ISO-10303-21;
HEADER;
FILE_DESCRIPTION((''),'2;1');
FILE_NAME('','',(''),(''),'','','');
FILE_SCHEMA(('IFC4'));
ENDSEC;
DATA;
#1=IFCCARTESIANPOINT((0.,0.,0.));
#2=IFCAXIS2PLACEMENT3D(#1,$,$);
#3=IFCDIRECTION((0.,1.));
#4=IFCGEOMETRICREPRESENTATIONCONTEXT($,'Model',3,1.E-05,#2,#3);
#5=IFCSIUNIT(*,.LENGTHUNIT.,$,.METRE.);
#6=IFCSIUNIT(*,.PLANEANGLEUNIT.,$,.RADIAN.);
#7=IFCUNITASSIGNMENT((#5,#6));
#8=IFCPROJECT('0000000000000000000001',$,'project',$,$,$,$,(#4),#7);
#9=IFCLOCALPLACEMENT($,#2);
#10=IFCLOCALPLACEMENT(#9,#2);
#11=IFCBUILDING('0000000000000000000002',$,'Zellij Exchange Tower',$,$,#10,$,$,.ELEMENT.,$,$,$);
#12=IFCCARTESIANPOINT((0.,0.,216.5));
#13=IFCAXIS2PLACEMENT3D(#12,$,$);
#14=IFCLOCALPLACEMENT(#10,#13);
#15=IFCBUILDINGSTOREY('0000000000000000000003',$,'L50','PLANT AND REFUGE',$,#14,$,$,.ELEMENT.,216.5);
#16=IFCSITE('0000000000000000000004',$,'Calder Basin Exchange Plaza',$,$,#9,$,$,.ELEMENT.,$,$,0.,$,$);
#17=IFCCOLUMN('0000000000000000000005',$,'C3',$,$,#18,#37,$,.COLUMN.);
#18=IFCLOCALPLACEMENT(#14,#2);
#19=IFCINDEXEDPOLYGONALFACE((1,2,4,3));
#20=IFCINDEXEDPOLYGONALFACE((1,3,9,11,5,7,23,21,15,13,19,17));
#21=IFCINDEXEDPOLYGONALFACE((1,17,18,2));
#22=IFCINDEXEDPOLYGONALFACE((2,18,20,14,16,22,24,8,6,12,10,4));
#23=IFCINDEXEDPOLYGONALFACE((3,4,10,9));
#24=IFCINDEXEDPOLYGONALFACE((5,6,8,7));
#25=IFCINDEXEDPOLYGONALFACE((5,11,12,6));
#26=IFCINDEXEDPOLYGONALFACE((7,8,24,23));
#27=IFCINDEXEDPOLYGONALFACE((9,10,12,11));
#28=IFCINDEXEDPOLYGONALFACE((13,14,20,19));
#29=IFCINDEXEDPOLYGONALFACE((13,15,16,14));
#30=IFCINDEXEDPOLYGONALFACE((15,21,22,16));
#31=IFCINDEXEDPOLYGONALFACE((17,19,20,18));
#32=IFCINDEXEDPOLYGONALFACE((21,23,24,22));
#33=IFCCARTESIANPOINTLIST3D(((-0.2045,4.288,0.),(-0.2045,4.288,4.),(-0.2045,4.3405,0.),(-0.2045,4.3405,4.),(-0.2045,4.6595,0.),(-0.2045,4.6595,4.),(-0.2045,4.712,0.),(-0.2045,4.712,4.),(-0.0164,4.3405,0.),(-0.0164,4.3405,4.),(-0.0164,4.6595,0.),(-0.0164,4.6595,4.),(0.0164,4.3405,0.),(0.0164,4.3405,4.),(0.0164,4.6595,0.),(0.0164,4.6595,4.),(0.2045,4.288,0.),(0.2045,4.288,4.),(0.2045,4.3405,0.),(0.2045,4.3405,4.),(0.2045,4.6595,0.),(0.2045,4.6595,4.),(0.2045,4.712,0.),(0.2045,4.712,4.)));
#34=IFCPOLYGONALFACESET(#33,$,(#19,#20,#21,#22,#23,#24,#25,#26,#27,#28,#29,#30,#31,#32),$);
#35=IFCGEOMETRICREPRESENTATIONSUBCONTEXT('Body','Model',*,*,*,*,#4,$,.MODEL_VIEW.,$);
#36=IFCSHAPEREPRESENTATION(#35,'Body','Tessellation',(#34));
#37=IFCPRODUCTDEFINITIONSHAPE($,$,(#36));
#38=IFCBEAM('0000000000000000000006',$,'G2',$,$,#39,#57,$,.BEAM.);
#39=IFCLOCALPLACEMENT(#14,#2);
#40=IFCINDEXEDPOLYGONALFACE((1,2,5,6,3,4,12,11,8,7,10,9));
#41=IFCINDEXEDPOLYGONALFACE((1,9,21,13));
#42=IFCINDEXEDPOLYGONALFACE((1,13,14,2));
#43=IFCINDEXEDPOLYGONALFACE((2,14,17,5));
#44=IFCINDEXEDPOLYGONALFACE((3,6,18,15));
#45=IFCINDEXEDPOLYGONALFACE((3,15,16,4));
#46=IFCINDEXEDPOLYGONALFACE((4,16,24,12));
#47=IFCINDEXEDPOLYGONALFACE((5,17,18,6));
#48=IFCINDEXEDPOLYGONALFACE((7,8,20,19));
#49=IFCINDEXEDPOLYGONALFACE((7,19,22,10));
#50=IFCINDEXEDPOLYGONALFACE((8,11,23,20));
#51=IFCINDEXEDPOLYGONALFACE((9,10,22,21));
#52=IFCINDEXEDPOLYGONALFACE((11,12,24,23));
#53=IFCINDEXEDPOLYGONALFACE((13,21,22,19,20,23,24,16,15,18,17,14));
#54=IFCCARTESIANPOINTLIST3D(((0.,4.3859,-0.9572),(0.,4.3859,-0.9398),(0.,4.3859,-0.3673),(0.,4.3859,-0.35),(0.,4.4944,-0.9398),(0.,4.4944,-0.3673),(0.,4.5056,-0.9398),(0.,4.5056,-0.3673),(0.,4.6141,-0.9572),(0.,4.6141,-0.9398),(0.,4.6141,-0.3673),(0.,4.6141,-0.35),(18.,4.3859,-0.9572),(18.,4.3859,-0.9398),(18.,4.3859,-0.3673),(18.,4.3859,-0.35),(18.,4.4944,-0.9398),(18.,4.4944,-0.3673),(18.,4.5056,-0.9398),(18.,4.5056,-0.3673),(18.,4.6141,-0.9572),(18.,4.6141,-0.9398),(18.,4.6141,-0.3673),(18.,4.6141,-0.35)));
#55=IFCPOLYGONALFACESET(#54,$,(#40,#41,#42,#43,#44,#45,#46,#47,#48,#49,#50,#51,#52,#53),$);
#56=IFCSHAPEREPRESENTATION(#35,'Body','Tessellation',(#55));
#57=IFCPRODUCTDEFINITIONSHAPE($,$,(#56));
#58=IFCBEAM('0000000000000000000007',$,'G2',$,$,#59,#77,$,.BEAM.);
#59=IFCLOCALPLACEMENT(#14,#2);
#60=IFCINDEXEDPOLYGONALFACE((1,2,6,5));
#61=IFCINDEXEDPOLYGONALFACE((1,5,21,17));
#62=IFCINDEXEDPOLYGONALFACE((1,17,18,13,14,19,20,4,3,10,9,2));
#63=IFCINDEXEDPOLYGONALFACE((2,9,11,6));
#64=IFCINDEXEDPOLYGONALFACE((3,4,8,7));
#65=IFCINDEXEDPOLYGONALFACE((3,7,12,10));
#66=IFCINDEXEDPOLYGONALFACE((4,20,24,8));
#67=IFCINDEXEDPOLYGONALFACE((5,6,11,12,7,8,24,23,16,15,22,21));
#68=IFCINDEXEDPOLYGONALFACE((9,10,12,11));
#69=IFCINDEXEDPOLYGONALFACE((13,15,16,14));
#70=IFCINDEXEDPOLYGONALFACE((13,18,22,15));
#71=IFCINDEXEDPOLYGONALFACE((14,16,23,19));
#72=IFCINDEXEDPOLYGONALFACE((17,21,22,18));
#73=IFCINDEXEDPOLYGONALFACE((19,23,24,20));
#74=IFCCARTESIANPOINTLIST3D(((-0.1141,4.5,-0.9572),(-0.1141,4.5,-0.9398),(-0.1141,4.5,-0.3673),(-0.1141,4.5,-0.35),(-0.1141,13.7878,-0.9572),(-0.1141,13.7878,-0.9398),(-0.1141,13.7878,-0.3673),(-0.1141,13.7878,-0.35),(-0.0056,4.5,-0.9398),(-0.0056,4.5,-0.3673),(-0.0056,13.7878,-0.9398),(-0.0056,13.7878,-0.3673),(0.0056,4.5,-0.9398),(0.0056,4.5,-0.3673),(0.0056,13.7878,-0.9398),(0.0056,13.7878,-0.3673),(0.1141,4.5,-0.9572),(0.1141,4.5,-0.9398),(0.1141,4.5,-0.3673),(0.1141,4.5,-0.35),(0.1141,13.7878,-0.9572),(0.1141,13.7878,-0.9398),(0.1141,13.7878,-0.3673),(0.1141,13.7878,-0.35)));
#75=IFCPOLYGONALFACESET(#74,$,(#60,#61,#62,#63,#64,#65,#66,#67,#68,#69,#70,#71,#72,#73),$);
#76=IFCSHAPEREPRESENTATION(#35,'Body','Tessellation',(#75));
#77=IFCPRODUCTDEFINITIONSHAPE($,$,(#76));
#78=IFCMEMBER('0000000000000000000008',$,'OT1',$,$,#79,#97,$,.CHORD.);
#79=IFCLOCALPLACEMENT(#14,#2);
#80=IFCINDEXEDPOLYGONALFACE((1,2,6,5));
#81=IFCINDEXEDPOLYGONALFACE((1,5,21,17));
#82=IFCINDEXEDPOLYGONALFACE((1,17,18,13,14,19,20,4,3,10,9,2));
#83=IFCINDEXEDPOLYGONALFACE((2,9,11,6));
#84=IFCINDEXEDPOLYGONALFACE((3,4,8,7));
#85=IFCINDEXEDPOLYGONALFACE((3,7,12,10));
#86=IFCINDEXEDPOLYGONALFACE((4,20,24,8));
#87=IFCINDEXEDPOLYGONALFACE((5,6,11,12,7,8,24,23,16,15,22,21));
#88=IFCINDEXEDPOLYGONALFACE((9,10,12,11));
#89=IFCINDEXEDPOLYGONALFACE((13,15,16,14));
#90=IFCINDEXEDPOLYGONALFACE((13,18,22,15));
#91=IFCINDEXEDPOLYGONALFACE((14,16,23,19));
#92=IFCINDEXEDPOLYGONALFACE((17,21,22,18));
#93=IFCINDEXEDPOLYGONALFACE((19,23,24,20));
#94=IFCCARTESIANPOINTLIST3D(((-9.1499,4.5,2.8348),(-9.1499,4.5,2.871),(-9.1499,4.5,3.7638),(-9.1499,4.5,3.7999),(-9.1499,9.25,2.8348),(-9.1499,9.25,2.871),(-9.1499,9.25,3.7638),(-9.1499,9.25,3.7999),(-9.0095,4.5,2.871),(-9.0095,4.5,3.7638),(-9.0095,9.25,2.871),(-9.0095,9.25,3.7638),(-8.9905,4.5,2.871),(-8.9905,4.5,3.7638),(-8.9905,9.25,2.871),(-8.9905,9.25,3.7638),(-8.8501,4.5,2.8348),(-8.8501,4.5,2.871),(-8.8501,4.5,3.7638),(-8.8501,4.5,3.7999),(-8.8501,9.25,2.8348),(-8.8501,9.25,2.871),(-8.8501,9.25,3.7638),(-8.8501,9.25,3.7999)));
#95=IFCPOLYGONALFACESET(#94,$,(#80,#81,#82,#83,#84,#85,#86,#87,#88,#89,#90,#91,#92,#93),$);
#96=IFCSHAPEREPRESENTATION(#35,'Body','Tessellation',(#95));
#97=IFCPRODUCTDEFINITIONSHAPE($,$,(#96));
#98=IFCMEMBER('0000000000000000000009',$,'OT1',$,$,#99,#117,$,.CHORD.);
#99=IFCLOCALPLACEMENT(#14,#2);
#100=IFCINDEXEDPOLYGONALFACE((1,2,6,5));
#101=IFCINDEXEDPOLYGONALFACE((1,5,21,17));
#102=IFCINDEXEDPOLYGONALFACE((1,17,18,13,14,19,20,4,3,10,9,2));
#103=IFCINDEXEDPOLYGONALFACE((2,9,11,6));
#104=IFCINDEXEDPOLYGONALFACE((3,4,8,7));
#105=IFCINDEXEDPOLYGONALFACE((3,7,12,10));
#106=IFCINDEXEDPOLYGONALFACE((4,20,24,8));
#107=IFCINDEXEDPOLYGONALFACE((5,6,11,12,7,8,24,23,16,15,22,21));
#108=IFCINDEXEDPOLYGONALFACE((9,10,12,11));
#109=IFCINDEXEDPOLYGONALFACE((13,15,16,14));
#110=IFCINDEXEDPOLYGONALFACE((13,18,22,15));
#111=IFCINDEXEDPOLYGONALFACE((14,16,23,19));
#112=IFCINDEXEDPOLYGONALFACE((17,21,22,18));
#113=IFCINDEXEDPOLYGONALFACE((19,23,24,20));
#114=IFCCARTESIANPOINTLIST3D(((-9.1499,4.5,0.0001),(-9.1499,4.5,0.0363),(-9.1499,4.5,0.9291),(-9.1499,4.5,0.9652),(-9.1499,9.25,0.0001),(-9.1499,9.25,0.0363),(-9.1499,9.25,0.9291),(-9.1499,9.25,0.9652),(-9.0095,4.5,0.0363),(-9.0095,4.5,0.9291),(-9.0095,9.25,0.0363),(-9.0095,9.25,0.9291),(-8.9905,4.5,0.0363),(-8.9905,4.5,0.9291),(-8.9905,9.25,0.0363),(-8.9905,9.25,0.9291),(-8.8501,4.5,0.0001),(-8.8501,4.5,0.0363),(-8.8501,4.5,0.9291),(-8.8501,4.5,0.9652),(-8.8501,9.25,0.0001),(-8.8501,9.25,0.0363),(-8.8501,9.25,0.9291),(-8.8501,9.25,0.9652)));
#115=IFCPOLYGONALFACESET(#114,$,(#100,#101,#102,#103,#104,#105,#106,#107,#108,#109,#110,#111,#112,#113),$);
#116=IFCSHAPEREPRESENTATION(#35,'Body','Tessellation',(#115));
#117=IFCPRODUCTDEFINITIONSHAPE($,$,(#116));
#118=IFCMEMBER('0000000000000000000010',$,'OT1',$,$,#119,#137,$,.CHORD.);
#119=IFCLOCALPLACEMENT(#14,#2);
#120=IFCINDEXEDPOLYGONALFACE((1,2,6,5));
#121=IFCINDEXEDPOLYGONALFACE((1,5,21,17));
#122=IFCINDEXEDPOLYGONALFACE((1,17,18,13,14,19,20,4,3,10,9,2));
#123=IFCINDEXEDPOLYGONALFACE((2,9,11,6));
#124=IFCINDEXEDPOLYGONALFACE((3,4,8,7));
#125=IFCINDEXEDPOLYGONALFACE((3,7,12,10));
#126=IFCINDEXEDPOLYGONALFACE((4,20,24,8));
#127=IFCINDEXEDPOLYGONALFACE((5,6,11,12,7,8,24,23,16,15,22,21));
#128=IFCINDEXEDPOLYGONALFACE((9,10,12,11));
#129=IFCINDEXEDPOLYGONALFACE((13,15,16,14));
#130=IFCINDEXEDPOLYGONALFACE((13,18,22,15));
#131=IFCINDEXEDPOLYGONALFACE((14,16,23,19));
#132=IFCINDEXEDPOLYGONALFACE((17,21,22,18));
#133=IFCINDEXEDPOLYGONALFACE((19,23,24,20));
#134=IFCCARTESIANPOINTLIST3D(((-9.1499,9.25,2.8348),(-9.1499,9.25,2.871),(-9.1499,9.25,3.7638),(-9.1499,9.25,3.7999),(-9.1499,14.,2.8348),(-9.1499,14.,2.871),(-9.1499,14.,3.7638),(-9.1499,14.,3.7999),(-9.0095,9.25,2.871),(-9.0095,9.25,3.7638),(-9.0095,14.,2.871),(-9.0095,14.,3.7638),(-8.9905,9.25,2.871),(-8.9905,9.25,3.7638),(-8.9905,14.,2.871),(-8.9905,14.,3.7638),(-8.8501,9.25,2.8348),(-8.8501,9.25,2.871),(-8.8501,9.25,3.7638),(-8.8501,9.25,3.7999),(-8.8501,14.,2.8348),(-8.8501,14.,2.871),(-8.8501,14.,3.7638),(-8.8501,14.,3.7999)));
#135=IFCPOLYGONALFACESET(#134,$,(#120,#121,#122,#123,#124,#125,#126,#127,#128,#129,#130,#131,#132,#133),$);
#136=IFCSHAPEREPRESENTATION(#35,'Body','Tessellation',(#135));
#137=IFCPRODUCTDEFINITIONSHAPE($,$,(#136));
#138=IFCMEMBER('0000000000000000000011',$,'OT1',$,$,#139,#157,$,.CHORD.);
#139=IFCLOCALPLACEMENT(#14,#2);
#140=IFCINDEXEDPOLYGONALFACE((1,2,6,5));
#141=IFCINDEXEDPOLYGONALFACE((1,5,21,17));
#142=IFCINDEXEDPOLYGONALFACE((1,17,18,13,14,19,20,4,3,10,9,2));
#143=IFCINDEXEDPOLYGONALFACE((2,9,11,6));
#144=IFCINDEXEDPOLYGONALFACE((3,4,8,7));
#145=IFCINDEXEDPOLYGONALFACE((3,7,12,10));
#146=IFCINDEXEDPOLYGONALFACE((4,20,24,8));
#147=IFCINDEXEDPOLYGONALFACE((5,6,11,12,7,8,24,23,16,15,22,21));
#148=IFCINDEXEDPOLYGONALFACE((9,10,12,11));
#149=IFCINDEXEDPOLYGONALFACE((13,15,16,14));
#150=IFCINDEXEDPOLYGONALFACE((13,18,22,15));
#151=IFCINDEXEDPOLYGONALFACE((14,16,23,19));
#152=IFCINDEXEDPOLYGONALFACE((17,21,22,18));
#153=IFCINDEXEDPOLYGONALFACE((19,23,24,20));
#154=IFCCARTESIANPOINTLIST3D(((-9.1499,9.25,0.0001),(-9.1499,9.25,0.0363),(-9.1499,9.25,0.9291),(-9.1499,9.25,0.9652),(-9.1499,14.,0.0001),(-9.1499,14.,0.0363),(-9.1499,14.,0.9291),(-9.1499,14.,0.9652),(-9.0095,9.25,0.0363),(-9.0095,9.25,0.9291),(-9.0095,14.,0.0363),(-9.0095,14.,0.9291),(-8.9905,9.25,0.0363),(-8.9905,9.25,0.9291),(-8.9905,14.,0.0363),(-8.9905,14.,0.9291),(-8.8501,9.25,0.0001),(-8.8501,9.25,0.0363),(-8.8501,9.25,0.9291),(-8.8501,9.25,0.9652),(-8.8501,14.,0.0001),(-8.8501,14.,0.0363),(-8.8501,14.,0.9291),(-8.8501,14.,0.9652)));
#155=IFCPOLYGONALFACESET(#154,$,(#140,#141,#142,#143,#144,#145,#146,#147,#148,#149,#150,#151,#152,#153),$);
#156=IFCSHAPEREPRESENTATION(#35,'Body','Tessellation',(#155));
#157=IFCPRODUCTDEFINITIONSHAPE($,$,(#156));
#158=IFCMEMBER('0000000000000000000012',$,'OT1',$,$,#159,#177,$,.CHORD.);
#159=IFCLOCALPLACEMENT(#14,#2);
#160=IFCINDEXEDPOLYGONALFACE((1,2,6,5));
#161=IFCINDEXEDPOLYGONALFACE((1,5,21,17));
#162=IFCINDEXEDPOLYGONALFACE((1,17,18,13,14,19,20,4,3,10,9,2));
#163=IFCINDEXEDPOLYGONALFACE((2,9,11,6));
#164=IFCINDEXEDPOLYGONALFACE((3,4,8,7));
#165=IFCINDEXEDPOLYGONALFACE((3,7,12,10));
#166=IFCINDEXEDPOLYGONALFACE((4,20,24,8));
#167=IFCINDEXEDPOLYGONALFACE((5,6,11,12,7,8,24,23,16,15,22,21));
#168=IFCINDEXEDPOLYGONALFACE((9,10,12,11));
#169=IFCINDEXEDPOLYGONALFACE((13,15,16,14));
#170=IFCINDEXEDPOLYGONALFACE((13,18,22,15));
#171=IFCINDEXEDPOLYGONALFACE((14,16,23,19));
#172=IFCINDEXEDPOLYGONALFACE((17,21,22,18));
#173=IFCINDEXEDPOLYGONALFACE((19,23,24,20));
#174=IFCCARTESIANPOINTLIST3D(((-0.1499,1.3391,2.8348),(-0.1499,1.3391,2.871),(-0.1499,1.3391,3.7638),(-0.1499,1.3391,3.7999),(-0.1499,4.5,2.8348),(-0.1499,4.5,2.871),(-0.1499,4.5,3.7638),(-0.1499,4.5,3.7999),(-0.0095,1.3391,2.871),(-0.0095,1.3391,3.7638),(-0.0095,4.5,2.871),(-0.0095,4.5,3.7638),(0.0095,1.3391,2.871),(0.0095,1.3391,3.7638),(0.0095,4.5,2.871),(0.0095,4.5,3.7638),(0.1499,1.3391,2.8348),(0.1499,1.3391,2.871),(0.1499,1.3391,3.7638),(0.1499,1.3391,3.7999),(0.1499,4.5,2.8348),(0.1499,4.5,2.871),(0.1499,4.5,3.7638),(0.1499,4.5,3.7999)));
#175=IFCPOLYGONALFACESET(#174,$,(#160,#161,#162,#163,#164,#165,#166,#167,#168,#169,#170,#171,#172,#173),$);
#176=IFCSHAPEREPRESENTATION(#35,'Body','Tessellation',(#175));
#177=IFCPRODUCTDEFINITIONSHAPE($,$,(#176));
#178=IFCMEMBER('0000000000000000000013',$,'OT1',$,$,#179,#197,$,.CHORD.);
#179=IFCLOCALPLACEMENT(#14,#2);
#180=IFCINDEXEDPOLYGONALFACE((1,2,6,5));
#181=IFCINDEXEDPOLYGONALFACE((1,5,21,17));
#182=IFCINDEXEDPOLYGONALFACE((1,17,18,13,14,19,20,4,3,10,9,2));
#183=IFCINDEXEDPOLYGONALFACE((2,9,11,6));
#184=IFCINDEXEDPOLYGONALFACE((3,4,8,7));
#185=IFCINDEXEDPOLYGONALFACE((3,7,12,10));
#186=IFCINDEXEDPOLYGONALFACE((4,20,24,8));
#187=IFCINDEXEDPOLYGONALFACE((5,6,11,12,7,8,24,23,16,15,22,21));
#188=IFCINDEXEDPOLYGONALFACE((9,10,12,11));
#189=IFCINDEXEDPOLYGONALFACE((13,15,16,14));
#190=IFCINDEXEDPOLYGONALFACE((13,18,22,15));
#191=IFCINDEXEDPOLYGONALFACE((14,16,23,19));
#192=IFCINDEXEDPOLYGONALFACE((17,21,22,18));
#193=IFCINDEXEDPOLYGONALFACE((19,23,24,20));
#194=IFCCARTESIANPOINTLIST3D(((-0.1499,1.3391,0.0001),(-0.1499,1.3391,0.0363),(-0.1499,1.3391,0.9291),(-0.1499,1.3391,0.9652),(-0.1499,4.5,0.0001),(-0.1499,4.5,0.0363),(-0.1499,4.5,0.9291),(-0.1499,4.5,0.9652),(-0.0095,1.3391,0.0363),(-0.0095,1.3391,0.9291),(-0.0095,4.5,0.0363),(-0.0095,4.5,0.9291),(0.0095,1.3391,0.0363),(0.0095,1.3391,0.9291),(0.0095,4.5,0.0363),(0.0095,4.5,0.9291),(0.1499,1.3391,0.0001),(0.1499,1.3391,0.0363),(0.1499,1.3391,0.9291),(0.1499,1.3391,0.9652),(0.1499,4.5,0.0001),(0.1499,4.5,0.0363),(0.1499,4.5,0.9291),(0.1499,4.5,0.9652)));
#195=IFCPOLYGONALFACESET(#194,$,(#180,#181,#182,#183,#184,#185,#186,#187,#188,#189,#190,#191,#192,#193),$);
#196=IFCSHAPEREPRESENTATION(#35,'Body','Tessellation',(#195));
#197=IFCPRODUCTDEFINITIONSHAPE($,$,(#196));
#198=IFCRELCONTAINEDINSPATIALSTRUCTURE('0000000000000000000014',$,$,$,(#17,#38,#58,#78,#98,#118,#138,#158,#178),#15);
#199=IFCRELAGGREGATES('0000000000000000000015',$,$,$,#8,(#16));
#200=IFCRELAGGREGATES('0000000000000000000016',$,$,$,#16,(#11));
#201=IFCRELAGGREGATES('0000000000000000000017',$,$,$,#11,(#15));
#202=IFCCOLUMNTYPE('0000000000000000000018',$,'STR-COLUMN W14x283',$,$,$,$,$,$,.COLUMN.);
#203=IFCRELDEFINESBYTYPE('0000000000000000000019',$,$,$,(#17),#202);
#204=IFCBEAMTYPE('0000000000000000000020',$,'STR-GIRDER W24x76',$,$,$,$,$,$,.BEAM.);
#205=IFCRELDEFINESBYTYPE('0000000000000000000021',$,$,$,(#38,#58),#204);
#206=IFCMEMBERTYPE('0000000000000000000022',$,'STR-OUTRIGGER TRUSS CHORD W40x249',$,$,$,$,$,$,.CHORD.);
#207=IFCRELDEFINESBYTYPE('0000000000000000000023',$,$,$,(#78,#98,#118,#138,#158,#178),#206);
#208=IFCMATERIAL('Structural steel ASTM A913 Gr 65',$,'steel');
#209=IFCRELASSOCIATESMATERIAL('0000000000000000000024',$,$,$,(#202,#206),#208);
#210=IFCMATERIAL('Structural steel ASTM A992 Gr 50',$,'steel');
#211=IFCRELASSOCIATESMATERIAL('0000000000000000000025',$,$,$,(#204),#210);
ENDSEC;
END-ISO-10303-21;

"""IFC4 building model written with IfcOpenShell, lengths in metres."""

from ifc_helpers import new_model, si_unit, direction, frame, origin, origin_2d, place, context, subcontext, project, spatial, i_section, extrude, material, material_profile, profile_set, type_object, element, save


model = new_model("IFC4")

# Units and contexts
model_context = context("Model", 3, precision=1e-05, world=origin(), true_north=direction((0.0, 1.0)))
body_context = subcontext(model_context, "Body", "Model", "MODEL_VIEW")
ifc_project = project(units=[si_unit("LENGTHUNIT", "METRE"), si_unit("PLANEANGLEUNIT", "RADIAN")], contexts=[model_context])

# Site, building, storey
site_placement = place(None, origin())
site = spatial("IfcSite", under=ifc_project, at=site_placement, Name="Calder Basin Exchange Plaza", CompositionType="ELEMENT", RefElevation=0.0)
building_placement = place(site_placement, origin())
building = spatial("IfcBuilding", under=site, at=building_placement, Name="Zellij Exchange Tower", CompositionType="ELEMENT")
storey_placement = place(building_placement, frame((0.0, 0.0, 216.5)))
storey = spatial("IfcBuildingStorey", under=building, at=storey_placement, Name="L50", Description="PLANT AND REFUGE", CompositionType="ELEMENT", Elevation=216.5)

# Column
ifc_material_1 = material(Name="Structural steel ASTM A913 Gr 65", Category="steel")
ifc_material_profile_1 = material_profile(ifc_material_1, i_section(OverallWidth=0.4089, OverallDepth=0.4241, WebThickness=0.0327, FlangeThickness=0.0525, at=origin_2d()), Name="W14x283")
ifc_profile_set_1 = profile_set([ifc_material_profile_1], Name="Structural steel ASTM A913 Gr 65")
column_type = type_object("IfcColumnType", Name="STR-COLUMN W14x283", PredefinedType="COLUMN", material=ifc_profile_set_1)
column_placement = place(storey_placement, frame((0.0, 4.5, 0.0), z_axis=(0.0, 0.0, 1.0), x_axis=(1.0, 0.0, 0.0)))
element("IfcColumn", 1, at=column_placement, inside=storey, type_object=column_type, Name="C3", PredefinedType="COLUMN", context=body_context, shape_type="SweptSolid", body=[
    extrude(i_section(OverallWidth=0.4089, OverallDepth=0.4241, WebThickness=0.0327, FlangeThickness=0.0525, at=origin_2d()), origin(), (0.0, 0.0, 1.0), 4.0),
])

# Beams
ifc_material_2 = material(Name="Structural steel ASTM A992 Gr 50", Category="steel")
ifc_material_profile_2 = material_profile(ifc_material_2, i_section(OverallWidth=0.2283, OverallDepth=0.6072, WebThickness=0.0112, FlangeThickness=0.0173, at=origin_2d()), Name="W24x76")
ifc_profile_set_2 = profile_set([ifc_material_profile_2], Name="Structural steel ASTM A992 Gr 50")
beam_type = type_object("IfcBeamType", Name="STR-GIRDER W24x76", PredefinedType="BEAM", material=ifc_profile_set_2)
beam_1_placement = place(storey_placement, frame((0.0, 4.5, -0.6536), z_axis=(1.0, 0.0, 0.0), x_axis=(0.0, 1.0, 0.0)))
element("IfcBeam", 2, at=beam_1_placement, inside=storey, type_object=beam_type, Name="G2", PredefinedType="BEAM", context=body_context, shape_type="SweptSolid", body=[
    extrude(i_section(OverallWidth=0.2283, OverallDepth=0.6072, WebThickness=0.0112, FlangeThickness=0.0173, at=origin_2d()), origin(), (0.0, 0.0, 1.0), 18.0),
])
beam_2_placement = place(storey_placement, frame((0.0, 4.5, -0.6536), z_axis=(0.0, 1.0, 0.0), x_axis=(-1.0, 0.0, 0.0)))
element("IfcBeam", 3, at=beam_2_placement, inside=storey, type_object=beam_type, Name="G2", PredefinedType="BEAM", context=body_context, shape_type="SweptSolid", body=[
    extrude(i_section(OverallWidth=0.2283, OverallDepth=0.6072, WebThickness=0.0112, FlangeThickness=0.0173, at=origin_2d()), origin(), (0.0, 0.0, 1.0), 9.2878),
])

# Members
ifc_material_profile_3 = material_profile(ifc_material_1, i_section(OverallWidth=0.2998, OverallDepth=0.9651, WebThickness=0.019, FlangeThickness=0.0361, at=origin_2d()), Name="W40x249")
ifc_profile_set_3 = profile_set([ifc_material_profile_3], Name="Structural steel ASTM A913 Gr 65")
member_type_1 = type_object("IfcMemberType", Name="STR-OUTRIGGER TRUSS CHORD W40x249", PredefinedType="CHORD", material=ifc_profile_set_3)
for number, where, z_axis, x_axis, name in (
    (4, (-9.0, 4.5, 3.3174), (0.0, 1.0, 0.0), (-1.0, 0.0, 0.0), "OT1"),
    (5, (-9.0, 4.5, 0.4827), (0.0, 1.0, 0.0), (-1.0, 0.0, 0.0), "OT1"),
    (6, (-9.0, 9.25, 3.3174), (0.0, 1.0, 0.0), (-1.0, 0.0, 0.0), "OT1"),
    (7, (-9.0, 9.25, 0.4827), (0.0, 1.0, 0.0), (-1.0, 0.0, 0.0), "OT1"),
):
    element("IfcMember", number, at=place(storey_placement, frame(where, z_axis=z_axis, x_axis=x_axis)), inside=storey, type_object=member_type_1, Name=name, PredefinedType="CHORD", context=body_context, shape_type="SweptSolid", body=[
        extrude(i_section(OverallWidth=0.2998, OverallDepth=0.9651, WebThickness=0.019, FlangeThickness=0.0361, at=origin_2d()), origin(), (0.0, 0.0, 1.0), 4.75),
    ])
for number, where, z_axis, x_axis, name in (
    (8, (0.0, 1.3391, 3.3174), (0.0, 1.0, 0.0), (-1.0, 0.0, 0.0), "OT1"),
    (9, (0.0, 1.3391, 0.4827), (0.0, 1.0, 0.0), (-1.0, 0.0, 0.0), "OT1"),
):
    element("IfcMember", number, at=place(storey_placement, frame(where, z_axis=z_axis, x_axis=x_axis)), inside=storey, type_object=member_type_1, Name=name, PredefinedType="CHORD", context=body_context, shape_type="SweptSolid", body=[
        extrude(i_section(OverallWidth=0.2998, OverallDepth=0.9651, WebThickness=0.019, FlangeThickness=0.0361, at=origin_2d()), origin(), (0.0, 0.0, 1.0), 3.1609),
    ])

save(model, "model.ifc")
